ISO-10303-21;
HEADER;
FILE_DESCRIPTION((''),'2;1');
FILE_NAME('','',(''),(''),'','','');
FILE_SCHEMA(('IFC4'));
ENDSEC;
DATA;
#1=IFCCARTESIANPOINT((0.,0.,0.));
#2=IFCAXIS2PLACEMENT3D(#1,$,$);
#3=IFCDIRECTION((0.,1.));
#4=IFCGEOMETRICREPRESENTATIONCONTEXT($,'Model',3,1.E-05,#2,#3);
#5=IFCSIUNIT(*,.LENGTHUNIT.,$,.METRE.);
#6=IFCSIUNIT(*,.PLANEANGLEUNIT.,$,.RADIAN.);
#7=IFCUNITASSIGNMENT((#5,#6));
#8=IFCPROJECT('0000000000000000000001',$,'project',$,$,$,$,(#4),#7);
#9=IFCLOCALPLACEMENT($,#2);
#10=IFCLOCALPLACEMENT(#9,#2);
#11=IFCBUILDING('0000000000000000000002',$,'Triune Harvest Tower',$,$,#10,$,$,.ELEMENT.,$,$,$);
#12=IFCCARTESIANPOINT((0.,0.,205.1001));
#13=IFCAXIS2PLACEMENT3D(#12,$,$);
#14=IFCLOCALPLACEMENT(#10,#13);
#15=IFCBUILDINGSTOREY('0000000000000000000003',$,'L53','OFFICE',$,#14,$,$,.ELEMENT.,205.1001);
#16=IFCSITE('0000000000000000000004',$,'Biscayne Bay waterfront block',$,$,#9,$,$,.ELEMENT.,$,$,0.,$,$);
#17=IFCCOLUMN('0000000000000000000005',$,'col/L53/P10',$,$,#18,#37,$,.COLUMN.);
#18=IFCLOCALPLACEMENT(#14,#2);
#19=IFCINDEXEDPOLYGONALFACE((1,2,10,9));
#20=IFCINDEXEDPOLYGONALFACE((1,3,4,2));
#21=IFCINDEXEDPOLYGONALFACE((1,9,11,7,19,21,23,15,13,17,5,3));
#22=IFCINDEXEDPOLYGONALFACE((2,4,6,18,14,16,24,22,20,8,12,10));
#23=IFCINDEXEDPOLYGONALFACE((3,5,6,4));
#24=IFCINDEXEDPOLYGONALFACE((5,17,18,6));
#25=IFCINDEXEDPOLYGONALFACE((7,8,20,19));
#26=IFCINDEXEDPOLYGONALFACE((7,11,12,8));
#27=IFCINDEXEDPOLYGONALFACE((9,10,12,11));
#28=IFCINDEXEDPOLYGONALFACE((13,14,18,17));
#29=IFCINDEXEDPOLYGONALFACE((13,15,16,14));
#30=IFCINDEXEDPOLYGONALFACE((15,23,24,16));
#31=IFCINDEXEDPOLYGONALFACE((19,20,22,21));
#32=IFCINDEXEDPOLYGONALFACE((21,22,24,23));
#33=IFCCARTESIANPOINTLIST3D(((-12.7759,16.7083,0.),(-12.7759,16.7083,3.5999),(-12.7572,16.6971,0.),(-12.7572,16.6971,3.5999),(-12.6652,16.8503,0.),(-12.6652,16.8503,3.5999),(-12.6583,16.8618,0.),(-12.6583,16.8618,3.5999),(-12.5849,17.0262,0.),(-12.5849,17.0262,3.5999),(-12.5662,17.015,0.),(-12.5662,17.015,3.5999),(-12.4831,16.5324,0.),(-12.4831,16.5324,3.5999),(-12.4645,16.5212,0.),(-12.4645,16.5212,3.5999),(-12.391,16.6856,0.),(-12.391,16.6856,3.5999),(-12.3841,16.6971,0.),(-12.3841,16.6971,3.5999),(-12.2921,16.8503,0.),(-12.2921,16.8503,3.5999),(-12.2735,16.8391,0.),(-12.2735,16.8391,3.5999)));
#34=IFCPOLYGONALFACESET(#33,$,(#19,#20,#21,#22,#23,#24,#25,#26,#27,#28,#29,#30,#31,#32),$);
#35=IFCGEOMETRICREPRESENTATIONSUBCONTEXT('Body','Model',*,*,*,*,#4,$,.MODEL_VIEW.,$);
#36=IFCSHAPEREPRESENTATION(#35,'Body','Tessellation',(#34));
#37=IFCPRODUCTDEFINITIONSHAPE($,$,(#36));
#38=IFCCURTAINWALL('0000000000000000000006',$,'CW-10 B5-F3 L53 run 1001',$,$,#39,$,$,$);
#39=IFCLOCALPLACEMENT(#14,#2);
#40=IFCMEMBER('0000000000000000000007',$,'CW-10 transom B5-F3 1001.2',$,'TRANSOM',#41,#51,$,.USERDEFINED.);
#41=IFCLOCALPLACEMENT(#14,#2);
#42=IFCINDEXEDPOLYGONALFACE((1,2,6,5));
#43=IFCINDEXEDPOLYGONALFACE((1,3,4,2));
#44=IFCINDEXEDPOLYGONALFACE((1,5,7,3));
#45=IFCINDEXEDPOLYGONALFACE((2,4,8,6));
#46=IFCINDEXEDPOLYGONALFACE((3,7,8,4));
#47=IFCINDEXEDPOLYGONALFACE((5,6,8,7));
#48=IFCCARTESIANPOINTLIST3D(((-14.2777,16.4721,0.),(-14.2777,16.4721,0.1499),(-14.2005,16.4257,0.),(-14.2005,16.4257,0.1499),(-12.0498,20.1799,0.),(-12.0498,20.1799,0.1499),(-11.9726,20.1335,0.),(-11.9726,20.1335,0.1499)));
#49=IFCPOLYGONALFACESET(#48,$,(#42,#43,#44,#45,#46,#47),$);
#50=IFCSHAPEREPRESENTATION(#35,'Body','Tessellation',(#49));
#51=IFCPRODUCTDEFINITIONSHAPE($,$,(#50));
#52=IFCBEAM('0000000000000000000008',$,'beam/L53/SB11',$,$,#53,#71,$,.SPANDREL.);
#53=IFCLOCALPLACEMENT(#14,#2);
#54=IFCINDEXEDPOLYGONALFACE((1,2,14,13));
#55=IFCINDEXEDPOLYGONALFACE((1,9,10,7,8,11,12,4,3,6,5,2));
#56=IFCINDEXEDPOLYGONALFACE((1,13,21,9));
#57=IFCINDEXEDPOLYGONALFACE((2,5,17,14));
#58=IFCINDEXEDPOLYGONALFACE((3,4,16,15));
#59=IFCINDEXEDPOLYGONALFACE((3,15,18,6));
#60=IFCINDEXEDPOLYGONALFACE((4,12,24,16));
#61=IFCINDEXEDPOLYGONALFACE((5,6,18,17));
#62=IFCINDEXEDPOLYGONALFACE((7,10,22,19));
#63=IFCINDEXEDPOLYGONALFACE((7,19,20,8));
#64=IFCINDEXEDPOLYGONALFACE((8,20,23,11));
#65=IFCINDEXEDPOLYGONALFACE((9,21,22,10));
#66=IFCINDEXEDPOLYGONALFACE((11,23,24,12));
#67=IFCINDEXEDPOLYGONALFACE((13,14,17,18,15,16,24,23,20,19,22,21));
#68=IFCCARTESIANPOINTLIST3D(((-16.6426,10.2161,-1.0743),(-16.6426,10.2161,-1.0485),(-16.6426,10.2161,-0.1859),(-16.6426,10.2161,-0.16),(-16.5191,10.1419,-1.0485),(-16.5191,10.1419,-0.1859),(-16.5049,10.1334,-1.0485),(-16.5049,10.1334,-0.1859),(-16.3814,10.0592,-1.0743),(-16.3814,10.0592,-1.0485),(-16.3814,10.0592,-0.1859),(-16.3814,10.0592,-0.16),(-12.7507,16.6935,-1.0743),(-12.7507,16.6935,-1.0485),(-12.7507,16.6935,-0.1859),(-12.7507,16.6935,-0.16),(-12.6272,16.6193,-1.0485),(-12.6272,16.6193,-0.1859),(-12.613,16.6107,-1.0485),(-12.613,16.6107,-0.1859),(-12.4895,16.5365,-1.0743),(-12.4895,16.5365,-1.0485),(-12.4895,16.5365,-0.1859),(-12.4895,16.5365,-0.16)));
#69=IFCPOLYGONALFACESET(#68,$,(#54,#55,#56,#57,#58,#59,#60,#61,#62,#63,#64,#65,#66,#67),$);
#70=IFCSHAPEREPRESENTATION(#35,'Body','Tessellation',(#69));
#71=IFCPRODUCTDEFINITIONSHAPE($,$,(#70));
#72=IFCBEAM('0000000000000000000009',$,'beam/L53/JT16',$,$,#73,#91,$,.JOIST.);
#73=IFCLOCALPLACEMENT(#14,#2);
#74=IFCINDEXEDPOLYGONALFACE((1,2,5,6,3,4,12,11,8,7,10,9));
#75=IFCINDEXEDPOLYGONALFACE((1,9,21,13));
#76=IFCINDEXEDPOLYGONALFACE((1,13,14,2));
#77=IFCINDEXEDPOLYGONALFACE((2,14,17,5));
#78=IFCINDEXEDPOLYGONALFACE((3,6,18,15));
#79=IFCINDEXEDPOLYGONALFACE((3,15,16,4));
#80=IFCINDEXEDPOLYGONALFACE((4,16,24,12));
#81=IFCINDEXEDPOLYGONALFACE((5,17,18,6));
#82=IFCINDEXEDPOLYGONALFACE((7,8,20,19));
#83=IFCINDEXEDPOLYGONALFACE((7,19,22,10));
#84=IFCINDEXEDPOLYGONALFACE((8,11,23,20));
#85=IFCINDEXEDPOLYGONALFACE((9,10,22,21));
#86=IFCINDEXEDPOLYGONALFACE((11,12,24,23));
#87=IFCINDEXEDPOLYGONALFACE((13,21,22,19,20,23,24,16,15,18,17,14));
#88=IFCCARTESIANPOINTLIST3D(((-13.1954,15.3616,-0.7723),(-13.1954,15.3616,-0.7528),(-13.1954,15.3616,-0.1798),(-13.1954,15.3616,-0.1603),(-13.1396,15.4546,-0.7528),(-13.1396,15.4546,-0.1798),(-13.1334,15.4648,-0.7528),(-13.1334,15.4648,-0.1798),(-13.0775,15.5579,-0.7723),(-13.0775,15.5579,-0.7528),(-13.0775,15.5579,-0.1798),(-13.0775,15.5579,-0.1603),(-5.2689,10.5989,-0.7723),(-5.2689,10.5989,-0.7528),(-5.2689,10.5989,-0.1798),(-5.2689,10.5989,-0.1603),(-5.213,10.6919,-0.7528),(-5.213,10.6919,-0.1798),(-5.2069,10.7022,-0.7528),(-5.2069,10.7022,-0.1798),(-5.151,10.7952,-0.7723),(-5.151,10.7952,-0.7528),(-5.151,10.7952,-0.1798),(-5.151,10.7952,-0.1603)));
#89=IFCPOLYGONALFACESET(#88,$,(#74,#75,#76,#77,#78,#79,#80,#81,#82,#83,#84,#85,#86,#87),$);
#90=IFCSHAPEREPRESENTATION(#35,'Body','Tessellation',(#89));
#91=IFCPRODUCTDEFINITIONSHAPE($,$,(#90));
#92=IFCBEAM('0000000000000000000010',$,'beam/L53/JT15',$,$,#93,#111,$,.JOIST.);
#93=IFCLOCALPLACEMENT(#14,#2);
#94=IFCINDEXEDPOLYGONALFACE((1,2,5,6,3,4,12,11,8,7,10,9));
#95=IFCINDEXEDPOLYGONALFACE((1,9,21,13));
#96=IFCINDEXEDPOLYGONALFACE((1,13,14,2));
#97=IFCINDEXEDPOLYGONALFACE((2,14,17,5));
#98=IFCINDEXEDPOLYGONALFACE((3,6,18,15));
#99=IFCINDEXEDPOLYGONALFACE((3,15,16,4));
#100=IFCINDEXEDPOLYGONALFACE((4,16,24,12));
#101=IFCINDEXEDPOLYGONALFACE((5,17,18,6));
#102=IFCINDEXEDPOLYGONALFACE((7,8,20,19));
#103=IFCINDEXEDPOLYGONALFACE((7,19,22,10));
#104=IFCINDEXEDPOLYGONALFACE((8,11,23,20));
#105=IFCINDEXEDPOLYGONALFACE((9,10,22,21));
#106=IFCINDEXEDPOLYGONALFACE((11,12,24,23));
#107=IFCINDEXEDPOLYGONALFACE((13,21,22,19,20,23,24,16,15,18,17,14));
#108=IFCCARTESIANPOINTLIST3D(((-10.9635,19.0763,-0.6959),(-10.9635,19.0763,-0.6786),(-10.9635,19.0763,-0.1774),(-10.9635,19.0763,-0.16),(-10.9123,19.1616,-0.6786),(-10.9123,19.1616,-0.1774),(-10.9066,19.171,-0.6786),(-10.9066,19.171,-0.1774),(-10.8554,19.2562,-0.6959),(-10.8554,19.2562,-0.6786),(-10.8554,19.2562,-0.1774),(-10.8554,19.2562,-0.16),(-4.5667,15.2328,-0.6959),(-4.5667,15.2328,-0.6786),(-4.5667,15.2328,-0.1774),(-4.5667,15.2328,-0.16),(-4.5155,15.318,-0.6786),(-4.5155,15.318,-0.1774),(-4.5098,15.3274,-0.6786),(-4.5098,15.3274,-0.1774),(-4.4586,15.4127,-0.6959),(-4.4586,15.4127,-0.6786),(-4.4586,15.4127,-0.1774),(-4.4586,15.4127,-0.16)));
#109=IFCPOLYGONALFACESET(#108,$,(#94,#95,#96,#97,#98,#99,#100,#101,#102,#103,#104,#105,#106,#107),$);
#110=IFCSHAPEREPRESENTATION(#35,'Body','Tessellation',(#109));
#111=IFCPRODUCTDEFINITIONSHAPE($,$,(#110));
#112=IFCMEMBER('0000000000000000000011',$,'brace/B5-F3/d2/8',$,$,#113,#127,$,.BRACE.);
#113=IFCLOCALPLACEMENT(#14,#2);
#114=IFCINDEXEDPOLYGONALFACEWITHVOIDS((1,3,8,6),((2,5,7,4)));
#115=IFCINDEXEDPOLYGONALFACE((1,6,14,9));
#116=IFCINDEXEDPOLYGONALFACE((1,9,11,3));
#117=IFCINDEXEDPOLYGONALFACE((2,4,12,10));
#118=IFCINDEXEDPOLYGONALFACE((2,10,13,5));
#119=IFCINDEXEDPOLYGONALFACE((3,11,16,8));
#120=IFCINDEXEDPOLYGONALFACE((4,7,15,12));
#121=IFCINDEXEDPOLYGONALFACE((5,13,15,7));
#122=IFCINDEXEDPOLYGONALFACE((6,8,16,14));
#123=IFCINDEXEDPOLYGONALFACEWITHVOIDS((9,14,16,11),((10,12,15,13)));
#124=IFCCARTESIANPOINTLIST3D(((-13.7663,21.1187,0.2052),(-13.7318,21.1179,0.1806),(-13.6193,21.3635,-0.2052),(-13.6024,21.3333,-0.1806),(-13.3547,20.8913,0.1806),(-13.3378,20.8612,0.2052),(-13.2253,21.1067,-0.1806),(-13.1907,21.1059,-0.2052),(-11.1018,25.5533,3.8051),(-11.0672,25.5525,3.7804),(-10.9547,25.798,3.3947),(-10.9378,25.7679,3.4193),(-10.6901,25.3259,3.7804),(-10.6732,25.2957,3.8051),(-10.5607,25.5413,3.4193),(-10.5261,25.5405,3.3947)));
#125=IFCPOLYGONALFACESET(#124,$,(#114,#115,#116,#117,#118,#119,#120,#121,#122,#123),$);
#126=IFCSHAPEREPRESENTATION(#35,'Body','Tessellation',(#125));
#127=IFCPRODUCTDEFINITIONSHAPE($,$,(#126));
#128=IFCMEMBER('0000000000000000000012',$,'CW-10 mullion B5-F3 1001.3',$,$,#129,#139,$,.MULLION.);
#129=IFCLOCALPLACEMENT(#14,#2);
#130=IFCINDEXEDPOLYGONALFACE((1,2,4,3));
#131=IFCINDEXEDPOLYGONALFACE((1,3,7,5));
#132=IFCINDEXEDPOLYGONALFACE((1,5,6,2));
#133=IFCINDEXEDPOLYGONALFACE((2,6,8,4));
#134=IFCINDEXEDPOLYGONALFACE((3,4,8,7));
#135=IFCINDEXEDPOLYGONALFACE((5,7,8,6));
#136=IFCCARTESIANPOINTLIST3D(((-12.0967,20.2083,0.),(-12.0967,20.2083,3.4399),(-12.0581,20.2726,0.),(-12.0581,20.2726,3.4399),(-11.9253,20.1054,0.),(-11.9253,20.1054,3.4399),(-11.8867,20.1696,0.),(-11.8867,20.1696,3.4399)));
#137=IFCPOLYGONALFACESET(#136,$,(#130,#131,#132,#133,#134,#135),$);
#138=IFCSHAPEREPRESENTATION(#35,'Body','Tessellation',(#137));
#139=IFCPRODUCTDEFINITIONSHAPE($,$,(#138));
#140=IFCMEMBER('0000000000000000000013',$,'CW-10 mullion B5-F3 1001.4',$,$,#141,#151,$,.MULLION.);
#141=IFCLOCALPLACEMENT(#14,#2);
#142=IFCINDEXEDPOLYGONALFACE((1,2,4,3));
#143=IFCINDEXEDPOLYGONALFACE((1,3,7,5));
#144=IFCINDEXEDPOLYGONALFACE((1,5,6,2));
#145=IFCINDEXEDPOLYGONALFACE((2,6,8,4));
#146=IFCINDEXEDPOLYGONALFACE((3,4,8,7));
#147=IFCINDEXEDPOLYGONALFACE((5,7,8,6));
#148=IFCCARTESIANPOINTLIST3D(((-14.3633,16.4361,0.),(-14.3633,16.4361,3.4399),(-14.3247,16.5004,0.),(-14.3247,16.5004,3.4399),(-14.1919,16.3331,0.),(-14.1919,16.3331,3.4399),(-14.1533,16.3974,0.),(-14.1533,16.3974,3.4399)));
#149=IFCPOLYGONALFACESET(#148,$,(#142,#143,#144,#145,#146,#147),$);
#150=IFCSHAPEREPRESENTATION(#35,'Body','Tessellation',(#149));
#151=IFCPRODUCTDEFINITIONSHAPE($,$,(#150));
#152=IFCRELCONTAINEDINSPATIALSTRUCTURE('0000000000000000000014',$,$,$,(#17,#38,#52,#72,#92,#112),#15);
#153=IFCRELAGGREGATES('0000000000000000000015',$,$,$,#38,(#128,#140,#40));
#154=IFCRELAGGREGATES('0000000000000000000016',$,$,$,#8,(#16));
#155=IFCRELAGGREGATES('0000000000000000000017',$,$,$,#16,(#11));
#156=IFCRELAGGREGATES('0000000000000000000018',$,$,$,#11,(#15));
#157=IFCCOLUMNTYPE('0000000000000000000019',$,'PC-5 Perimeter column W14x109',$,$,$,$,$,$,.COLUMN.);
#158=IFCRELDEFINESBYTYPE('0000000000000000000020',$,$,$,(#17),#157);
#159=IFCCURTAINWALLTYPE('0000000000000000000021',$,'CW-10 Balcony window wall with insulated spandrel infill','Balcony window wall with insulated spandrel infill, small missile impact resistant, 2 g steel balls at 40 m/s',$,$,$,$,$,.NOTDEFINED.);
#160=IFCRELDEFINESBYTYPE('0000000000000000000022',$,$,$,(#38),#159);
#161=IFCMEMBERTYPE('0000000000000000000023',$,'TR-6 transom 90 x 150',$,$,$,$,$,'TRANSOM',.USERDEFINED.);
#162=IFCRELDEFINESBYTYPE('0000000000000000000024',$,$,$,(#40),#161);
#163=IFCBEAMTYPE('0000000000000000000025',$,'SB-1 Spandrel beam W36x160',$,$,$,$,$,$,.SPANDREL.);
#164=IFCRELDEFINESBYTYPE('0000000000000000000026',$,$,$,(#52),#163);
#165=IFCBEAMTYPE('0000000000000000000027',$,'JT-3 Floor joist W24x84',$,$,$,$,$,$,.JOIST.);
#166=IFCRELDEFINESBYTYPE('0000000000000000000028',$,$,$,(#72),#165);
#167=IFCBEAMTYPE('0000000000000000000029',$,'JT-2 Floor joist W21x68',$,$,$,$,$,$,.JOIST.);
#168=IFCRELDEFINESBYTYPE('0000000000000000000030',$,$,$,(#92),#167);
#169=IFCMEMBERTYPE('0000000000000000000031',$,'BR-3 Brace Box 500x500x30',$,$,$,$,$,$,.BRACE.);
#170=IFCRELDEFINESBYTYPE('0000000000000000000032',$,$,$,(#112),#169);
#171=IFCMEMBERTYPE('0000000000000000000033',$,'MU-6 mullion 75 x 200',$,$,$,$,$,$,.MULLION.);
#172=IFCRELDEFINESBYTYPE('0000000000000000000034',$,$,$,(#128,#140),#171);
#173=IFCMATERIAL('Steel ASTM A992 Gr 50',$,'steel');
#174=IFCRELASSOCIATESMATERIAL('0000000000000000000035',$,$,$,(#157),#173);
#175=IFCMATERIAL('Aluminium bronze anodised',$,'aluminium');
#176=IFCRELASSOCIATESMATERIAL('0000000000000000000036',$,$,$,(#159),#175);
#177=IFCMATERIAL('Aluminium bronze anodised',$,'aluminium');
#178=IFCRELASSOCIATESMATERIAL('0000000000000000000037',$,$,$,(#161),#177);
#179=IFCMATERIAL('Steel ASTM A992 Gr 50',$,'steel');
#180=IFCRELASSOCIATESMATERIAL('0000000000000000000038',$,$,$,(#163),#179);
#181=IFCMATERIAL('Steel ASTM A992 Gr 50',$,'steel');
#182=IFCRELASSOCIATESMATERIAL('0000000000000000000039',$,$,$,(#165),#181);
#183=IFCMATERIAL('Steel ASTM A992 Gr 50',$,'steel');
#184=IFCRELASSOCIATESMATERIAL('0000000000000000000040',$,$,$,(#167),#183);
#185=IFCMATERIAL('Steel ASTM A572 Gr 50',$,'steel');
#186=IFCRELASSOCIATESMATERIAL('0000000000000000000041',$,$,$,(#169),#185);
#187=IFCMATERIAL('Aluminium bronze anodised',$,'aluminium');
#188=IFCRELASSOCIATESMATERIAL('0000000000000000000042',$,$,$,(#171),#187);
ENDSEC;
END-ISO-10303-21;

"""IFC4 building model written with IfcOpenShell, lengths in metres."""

from ifc_helpers import new_model, si_unit, direction, frame, origin, origin_2d, place, context, subcontext, project, spatial, rectangle, hollow_rectangle, i_section, extrude, source, transform, mapped, material, material_profile, profile_set, type_object, element, aggregate, save


model = new_model("IFC4")

# Units and contexts
model_context = context("Model", 3, precision=1e-05, world=origin(), true_north=direction((0.0, 1.0)))
body_context = subcontext(model_context, "Body", "Model", "MODEL_VIEW")
ifc_project = project(units=[si_unit("LENGTHUNIT", "METRE"), si_unit("PLANEANGLEUNIT", "RADIAN")], contexts=[model_context])

# Site, building, storey
site_placement = place(None, origin())
site = spatial("IfcSite", under=ifc_project, at=site_placement, Name="Biscayne Bay waterfront block", CompositionType="ELEMENT", RefElevation=0.0)
building_placement = place(site_placement, origin())
building = spatial("IfcBuilding", under=site, at=building_placement, Name="Triune Harvest Tower", CompositionType="ELEMENT")
storey_placement = place(building_placement, frame((0.0, 0.0, 205.1001)))
storey = spatial("IfcBuildingStorey", under=building, at=storey_placement, Name="L53", Description="OFFICE", CompositionType="ELEMENT", Elevation=205.1001)

# Column
ifc_material_1 = material(Name="Steel ASTM A992 Gr 50", Category="steel")
ifc_material_profile_1 = material_profile(ifc_material_1, i_section(OverallWidth=0.3708, OverallDepth=0.3633, WebThickness=0.0134, FlangeThickness=0.0217, at=origin_2d()), Name="W14x109")
ifc_profile_set_1 = profile_set([ifc_material_profile_1], Name="Steel ASTM A992 Gr 50")
column_type = type_object("IfcColumnType", Name="PC-5 Perimeter column W14x109", PredefinedType="COLUMN", material=ifc_profile_set_1)
shared_shape_1 = source(origin(), body_context, "Body", "SweptSolid", [
    extrude(i_section(OverallWidth=0.3708, OverallDepth=0.3633, WebThickness=0.0134, FlangeThickness=0.0217, at=origin_2d()), origin(), (0.0, 0.0, 1.0), 3.5999),
])
column_placement = place(storey_placement, frame((-12.5247, 16.7737, 0.0), z_axis=(0.0, 0.0, 1.0), x_axis=(-0.515037, -0.857168, 0.0)))
element("IfcColumn", 1, at=column_placement, inside=storey, type_object=column_type, Name="col/L53/P10", PredefinedType="COLUMN", context=body_context, shape_type="MappedRepresentation", body=[
    mapped(shared_shape_1, transform((0.0, 0.0, 0.0), scale=1.0)),
])

# Curtain wall, member
ifc_material_2 = material(Name="Aluminium bronze anodised", Category="aluminium")
curtain_wall_type = type_object("IfcCurtainWallType", Name="CW-10 Balcony window wall with insulated spandrel infill", Description="Balcony window wall with insulated spandrel infill, small missile impact resistant, 2 g steel balls at 40 m/s", PredefinedType="NOTDEFINED", material=ifc_material_2)
curtain_wall_placement = place(storey_placement, origin())
curtain_wall = element("IfcCurtainWall", 2, at=curtain_wall_placement, inside=storey, type_object=curtain_wall_type, Name="CW-10 B5-F3 L53 run 1001")
ifc_material_3 = material(Name="Aluminium bronze anodised", Category="aluminium")
ifc_material_profile_2 = material_profile(ifc_material_3, rectangle(XDim=0.0901, YDim=0.1499, at=origin_2d()), Name="TR-6 transom 90 x 150")
ifc_profile_set_2 = profile_set([ifc_material_profile_2], Name="Aluminium bronze anodised")
member_type_1 = type_object("IfcMemberType", Name="TR-6 transom 90 x 150", ElementType="TRANSOM", PredefinedType="USERDEFINED", material=ifc_profile_set_2)
member_1_placement = place(storey_placement, frame((-12.0112, 20.1567, 0.075), z_axis=(-0.515027, -0.857174, 0.0), x_axis=(0.857174, -0.515027, 0.0)))
member_1 = element("IfcMember", 3, at=member_1_placement, type_object=member_type_1, Name="CW-10 transom B5-F3 1001.2", ObjectType="TRANSOM", PredefinedType="USERDEFINED", context=body_context, shape_type="SweptSolid", body=[
    extrude(rectangle(XDim=0.0901, YDim=0.1499, at=origin_2d()), origin(), (0.0, 0.0, 1.0), 4.3257),
])

# Beams
ifc_material_4 = material(Name="Steel ASTM A992 Gr 50", Category="steel")
ifc_material_profile_3 = material_profile(ifc_material_4, i_section(OverallWidth=0.3047, OverallDepth=0.9143, WebThickness=0.0166, FlangeThickness=0.0259, at=origin_2d()), Name="W36x160")
ifc_profile_set_3 = profile_set([ifc_material_profile_3], Name="Steel ASTM A992 Gr 50")
beam_type_1 = type_object("IfcBeamType", Name="SB-1 Spandrel beam W36x160", PredefinedType="SPANDREL", material=ifc_profile_set_3)
shared_shape_2 = source(origin(), body_context, "Body", "SweptSolid", [
    extrude(i_section(OverallWidth=0.3047, OverallDepth=0.9143, WebThickness=0.0166, FlangeThickness=0.0259, at=origin_2d()), origin(), (0.0, 0.0, 1.0), 7.5566),
])
beam_1_placement = place(storey_placement, frame((-12.6201, 16.615, -0.6172), z_axis=(-0.515028, -0.857173, 0.0), x_axis=(0.857173, -0.515028, 0.0)))
element("IfcBeam", 4, at=beam_1_placement, inside=storey, type_object=beam_type_1, Name="beam/L53/SB11", PredefinedType="SPANDREL", context=body_context, shape_type="MappedRepresentation", body=[
    mapped(shared_shape_2, transform((0.0, 0.0, 0.0), scale=1.0)),
])
ifc_material_5 = material(Name="Steel ASTM A992 Gr 50", Category="steel")
ifc_material_profile_4 = material_profile(ifc_material_5, i_section(OverallWidth=0.229, OverallDepth=0.6121, WebThickness=0.012, FlangeThickness=0.0195, at=origin_2d()), Name="W24x84")
ifc_profile_set_4 = profile_set([ifc_material_profile_4], Name="Steel ASTM A992 Gr 50")
beam_type_2 = type_object("IfcBeamType", Name="JT-3 Floor joist W24x84", PredefinedType="JOIST", material=ifc_profile_set_4)
shared_shape_3 = source(origin(), body_context, "Body", "SweptSolid", [
    extrude(i_section(OverallWidth=0.229, OverallDepth=0.6121, WebThickness=0.012, FlangeThickness=0.0195, at=origin_2d()), origin(), (0.0, 0.0, 1.0), 9.2473),
])
beam_2_placement = place(storey_placement, frame((-13.1365, 15.4597, -0.4663), z_axis=(0.857169, -0.515035, 0.0), x_axis=(0.515035, 0.857169, 0.0)))
element("IfcBeam", 5, at=beam_2_placement, inside=storey, type_object=beam_type_2, Name="beam/L53/JT16", PredefinedType="JOIST", context=body_context, shape_type="MappedRepresentation", body=[
    mapped(shared_shape_3, transform((0.0, 0.0, 0.0), scale=1.0)),
])
ifc_material_6 = material(Name="Steel ASTM A992 Gr 50", Category="steel")
ifc_material_profile_5 = material_profile(ifc_material_6, i_section(OverallWidth=0.21, OverallDepth=0.5359, WebThickness=0.011, FlangeThickness=0.0173, at=origin_2d()), Name="W21x68")
ifc_profile_set_5 = profile_set([ifc_material_profile_5], Name="Steel ASTM A992 Gr 50")
beam_type_3 = type_object("IfcBeamType", Name="JT-2 Floor joist W21x68", PredefinedType="JOIST", material=ifc_profile_set_5)
shared_shape_4 = source(origin(), body_context, "Body", "SweptSolid", [
    extrude(i_section(OverallWidth=0.21, OverallDepth=0.5359, WebThickness=0.011, FlangeThickness=0.0173, at=origin_2d()), origin(), (0.0, 0.0, 1.0), 7.4626),
])
beam_3_placement = place(storey_placement, frame((-10.9094, 19.1663, -0.428), z_axis=(0.857169, -0.515034, 0.0), x_axis=(0.515034, 0.857169, 0.0)))
element("IfcBeam", 6, at=beam_3_placement, inside=storey, type_object=beam_type_3, Name="beam/L53/JT15", PredefinedType="JOIST", context=body_context, shape_type="MappedRepresentation", body=[
    mapped(shared_shape_4, transform((0.0, 0.0, 0.0), scale=1.0)),
])

# Members
ifc_material_7 = material(Name="Steel ASTM A572 Gr 50", Category="steel")
ifc_material_profile_6 = material_profile(ifc_material_7, hollow_rectangle(XDim=0.5, YDim=0.5, WallThickness=0.03, at=origin_2d()), Name="Box 500x500x30")
ifc_profile_set_6 = profile_set([ifc_material_profile_6], Name="Steel ASTM A572 Gr 50")
member_type_2 = type_object("IfcMemberType", Name="BR-3 Brace Box 500x500x30", PredefinedType="BRACE", material=ifc_profile_set_6)
shared_shape_5 = source(origin(), body_context, "Body", "SweptSolid", [
    extrude(hollow_rectangle(XDim=0.5, YDim=0.5, WallThickness=0.03, at=origin_2d()), origin(), (0.0, 0.0, 1.0), 6.3027),
])
member_2_placement = place(storey_placement, frame((-13.4785, 21.1123, 0.0), z_axis=(0.422763, 0.703597, 0.571159), x_axis=(-0.857168, 0.515037, 0.0)))
element("IfcMember", 7, at=member_2_placement, inside=storey, type_object=member_type_2, Name="brace/B5-F3/d2/8", PredefinedType="BRACE", context=body_context, shape_type="MappedRepresentation", body=[
    mapped(shared_shape_5, transform((0.0, 0.0, 0.0), scale=1.0)),
])
ifc_material_8 = material(Name="Aluminium bronze anodised", Category="aluminium")
ifc_material_profile_7 = material_profile(ifc_material_8, rectangle(XDim=0.2, YDim=0.075, at=origin_2d()), Name="MU-6 mullion 75 x 200")
ifc_profile_set_7 = profile_set([ifc_material_profile_7], Name="Aluminium bronze anodised")
member_type_3 = type_object("IfcMemberType", Name="MU-6 mullion 75 x 200", PredefinedType="MULLION", material=ifc_profile_set_7)
shared_shape_6 = source(origin(), body_context, "Body", "SweptSolid", [
    extrude(rectangle(XDim=0.2, YDim=0.075, at=origin_2d()), origin(), (0.0, 0.0, 1.0), 3.4399),
])
member_3_placement = place(storey_placement, frame((-11.9917, 20.189, 0.0), z_axis=(0.0, 0.0, 1.0), x_axis=(0.857166, -0.515041, 0.0)))
member_3 = element("IfcMember", 8, at=member_3_placement, type_object=member_type_3, Name="CW-10 mullion B5-F3 1001.3", PredefinedType="MULLION", context=body_context, shape_type="MappedRepresentation", body=[
    mapped(shared_shape_6, transform((0.0, 0.0, 0.0), scale=1.0)),
])
member_4_placement = place(storey_placement, frame((-14.2583, 16.4167, 0.0), z_axis=(0.0, 0.0, 1.0), x_axis=(0.857166, -0.515041, 0.0)))
member_4 = element("IfcMember", 9, at=member_4_placement, type_object=member_type_3, Name="CW-10 mullion B5-F3 1001.4", PredefinedType="MULLION", context=body_context, shape_type="MappedRepresentation", body=[
    mapped(shared_shape_6, transform((0.0, 0.0, 0.0), scale=1.0)),
])

aggregate(curtain_wall, [member_3, member_4, member_1])

save(model, "model.ifc")
